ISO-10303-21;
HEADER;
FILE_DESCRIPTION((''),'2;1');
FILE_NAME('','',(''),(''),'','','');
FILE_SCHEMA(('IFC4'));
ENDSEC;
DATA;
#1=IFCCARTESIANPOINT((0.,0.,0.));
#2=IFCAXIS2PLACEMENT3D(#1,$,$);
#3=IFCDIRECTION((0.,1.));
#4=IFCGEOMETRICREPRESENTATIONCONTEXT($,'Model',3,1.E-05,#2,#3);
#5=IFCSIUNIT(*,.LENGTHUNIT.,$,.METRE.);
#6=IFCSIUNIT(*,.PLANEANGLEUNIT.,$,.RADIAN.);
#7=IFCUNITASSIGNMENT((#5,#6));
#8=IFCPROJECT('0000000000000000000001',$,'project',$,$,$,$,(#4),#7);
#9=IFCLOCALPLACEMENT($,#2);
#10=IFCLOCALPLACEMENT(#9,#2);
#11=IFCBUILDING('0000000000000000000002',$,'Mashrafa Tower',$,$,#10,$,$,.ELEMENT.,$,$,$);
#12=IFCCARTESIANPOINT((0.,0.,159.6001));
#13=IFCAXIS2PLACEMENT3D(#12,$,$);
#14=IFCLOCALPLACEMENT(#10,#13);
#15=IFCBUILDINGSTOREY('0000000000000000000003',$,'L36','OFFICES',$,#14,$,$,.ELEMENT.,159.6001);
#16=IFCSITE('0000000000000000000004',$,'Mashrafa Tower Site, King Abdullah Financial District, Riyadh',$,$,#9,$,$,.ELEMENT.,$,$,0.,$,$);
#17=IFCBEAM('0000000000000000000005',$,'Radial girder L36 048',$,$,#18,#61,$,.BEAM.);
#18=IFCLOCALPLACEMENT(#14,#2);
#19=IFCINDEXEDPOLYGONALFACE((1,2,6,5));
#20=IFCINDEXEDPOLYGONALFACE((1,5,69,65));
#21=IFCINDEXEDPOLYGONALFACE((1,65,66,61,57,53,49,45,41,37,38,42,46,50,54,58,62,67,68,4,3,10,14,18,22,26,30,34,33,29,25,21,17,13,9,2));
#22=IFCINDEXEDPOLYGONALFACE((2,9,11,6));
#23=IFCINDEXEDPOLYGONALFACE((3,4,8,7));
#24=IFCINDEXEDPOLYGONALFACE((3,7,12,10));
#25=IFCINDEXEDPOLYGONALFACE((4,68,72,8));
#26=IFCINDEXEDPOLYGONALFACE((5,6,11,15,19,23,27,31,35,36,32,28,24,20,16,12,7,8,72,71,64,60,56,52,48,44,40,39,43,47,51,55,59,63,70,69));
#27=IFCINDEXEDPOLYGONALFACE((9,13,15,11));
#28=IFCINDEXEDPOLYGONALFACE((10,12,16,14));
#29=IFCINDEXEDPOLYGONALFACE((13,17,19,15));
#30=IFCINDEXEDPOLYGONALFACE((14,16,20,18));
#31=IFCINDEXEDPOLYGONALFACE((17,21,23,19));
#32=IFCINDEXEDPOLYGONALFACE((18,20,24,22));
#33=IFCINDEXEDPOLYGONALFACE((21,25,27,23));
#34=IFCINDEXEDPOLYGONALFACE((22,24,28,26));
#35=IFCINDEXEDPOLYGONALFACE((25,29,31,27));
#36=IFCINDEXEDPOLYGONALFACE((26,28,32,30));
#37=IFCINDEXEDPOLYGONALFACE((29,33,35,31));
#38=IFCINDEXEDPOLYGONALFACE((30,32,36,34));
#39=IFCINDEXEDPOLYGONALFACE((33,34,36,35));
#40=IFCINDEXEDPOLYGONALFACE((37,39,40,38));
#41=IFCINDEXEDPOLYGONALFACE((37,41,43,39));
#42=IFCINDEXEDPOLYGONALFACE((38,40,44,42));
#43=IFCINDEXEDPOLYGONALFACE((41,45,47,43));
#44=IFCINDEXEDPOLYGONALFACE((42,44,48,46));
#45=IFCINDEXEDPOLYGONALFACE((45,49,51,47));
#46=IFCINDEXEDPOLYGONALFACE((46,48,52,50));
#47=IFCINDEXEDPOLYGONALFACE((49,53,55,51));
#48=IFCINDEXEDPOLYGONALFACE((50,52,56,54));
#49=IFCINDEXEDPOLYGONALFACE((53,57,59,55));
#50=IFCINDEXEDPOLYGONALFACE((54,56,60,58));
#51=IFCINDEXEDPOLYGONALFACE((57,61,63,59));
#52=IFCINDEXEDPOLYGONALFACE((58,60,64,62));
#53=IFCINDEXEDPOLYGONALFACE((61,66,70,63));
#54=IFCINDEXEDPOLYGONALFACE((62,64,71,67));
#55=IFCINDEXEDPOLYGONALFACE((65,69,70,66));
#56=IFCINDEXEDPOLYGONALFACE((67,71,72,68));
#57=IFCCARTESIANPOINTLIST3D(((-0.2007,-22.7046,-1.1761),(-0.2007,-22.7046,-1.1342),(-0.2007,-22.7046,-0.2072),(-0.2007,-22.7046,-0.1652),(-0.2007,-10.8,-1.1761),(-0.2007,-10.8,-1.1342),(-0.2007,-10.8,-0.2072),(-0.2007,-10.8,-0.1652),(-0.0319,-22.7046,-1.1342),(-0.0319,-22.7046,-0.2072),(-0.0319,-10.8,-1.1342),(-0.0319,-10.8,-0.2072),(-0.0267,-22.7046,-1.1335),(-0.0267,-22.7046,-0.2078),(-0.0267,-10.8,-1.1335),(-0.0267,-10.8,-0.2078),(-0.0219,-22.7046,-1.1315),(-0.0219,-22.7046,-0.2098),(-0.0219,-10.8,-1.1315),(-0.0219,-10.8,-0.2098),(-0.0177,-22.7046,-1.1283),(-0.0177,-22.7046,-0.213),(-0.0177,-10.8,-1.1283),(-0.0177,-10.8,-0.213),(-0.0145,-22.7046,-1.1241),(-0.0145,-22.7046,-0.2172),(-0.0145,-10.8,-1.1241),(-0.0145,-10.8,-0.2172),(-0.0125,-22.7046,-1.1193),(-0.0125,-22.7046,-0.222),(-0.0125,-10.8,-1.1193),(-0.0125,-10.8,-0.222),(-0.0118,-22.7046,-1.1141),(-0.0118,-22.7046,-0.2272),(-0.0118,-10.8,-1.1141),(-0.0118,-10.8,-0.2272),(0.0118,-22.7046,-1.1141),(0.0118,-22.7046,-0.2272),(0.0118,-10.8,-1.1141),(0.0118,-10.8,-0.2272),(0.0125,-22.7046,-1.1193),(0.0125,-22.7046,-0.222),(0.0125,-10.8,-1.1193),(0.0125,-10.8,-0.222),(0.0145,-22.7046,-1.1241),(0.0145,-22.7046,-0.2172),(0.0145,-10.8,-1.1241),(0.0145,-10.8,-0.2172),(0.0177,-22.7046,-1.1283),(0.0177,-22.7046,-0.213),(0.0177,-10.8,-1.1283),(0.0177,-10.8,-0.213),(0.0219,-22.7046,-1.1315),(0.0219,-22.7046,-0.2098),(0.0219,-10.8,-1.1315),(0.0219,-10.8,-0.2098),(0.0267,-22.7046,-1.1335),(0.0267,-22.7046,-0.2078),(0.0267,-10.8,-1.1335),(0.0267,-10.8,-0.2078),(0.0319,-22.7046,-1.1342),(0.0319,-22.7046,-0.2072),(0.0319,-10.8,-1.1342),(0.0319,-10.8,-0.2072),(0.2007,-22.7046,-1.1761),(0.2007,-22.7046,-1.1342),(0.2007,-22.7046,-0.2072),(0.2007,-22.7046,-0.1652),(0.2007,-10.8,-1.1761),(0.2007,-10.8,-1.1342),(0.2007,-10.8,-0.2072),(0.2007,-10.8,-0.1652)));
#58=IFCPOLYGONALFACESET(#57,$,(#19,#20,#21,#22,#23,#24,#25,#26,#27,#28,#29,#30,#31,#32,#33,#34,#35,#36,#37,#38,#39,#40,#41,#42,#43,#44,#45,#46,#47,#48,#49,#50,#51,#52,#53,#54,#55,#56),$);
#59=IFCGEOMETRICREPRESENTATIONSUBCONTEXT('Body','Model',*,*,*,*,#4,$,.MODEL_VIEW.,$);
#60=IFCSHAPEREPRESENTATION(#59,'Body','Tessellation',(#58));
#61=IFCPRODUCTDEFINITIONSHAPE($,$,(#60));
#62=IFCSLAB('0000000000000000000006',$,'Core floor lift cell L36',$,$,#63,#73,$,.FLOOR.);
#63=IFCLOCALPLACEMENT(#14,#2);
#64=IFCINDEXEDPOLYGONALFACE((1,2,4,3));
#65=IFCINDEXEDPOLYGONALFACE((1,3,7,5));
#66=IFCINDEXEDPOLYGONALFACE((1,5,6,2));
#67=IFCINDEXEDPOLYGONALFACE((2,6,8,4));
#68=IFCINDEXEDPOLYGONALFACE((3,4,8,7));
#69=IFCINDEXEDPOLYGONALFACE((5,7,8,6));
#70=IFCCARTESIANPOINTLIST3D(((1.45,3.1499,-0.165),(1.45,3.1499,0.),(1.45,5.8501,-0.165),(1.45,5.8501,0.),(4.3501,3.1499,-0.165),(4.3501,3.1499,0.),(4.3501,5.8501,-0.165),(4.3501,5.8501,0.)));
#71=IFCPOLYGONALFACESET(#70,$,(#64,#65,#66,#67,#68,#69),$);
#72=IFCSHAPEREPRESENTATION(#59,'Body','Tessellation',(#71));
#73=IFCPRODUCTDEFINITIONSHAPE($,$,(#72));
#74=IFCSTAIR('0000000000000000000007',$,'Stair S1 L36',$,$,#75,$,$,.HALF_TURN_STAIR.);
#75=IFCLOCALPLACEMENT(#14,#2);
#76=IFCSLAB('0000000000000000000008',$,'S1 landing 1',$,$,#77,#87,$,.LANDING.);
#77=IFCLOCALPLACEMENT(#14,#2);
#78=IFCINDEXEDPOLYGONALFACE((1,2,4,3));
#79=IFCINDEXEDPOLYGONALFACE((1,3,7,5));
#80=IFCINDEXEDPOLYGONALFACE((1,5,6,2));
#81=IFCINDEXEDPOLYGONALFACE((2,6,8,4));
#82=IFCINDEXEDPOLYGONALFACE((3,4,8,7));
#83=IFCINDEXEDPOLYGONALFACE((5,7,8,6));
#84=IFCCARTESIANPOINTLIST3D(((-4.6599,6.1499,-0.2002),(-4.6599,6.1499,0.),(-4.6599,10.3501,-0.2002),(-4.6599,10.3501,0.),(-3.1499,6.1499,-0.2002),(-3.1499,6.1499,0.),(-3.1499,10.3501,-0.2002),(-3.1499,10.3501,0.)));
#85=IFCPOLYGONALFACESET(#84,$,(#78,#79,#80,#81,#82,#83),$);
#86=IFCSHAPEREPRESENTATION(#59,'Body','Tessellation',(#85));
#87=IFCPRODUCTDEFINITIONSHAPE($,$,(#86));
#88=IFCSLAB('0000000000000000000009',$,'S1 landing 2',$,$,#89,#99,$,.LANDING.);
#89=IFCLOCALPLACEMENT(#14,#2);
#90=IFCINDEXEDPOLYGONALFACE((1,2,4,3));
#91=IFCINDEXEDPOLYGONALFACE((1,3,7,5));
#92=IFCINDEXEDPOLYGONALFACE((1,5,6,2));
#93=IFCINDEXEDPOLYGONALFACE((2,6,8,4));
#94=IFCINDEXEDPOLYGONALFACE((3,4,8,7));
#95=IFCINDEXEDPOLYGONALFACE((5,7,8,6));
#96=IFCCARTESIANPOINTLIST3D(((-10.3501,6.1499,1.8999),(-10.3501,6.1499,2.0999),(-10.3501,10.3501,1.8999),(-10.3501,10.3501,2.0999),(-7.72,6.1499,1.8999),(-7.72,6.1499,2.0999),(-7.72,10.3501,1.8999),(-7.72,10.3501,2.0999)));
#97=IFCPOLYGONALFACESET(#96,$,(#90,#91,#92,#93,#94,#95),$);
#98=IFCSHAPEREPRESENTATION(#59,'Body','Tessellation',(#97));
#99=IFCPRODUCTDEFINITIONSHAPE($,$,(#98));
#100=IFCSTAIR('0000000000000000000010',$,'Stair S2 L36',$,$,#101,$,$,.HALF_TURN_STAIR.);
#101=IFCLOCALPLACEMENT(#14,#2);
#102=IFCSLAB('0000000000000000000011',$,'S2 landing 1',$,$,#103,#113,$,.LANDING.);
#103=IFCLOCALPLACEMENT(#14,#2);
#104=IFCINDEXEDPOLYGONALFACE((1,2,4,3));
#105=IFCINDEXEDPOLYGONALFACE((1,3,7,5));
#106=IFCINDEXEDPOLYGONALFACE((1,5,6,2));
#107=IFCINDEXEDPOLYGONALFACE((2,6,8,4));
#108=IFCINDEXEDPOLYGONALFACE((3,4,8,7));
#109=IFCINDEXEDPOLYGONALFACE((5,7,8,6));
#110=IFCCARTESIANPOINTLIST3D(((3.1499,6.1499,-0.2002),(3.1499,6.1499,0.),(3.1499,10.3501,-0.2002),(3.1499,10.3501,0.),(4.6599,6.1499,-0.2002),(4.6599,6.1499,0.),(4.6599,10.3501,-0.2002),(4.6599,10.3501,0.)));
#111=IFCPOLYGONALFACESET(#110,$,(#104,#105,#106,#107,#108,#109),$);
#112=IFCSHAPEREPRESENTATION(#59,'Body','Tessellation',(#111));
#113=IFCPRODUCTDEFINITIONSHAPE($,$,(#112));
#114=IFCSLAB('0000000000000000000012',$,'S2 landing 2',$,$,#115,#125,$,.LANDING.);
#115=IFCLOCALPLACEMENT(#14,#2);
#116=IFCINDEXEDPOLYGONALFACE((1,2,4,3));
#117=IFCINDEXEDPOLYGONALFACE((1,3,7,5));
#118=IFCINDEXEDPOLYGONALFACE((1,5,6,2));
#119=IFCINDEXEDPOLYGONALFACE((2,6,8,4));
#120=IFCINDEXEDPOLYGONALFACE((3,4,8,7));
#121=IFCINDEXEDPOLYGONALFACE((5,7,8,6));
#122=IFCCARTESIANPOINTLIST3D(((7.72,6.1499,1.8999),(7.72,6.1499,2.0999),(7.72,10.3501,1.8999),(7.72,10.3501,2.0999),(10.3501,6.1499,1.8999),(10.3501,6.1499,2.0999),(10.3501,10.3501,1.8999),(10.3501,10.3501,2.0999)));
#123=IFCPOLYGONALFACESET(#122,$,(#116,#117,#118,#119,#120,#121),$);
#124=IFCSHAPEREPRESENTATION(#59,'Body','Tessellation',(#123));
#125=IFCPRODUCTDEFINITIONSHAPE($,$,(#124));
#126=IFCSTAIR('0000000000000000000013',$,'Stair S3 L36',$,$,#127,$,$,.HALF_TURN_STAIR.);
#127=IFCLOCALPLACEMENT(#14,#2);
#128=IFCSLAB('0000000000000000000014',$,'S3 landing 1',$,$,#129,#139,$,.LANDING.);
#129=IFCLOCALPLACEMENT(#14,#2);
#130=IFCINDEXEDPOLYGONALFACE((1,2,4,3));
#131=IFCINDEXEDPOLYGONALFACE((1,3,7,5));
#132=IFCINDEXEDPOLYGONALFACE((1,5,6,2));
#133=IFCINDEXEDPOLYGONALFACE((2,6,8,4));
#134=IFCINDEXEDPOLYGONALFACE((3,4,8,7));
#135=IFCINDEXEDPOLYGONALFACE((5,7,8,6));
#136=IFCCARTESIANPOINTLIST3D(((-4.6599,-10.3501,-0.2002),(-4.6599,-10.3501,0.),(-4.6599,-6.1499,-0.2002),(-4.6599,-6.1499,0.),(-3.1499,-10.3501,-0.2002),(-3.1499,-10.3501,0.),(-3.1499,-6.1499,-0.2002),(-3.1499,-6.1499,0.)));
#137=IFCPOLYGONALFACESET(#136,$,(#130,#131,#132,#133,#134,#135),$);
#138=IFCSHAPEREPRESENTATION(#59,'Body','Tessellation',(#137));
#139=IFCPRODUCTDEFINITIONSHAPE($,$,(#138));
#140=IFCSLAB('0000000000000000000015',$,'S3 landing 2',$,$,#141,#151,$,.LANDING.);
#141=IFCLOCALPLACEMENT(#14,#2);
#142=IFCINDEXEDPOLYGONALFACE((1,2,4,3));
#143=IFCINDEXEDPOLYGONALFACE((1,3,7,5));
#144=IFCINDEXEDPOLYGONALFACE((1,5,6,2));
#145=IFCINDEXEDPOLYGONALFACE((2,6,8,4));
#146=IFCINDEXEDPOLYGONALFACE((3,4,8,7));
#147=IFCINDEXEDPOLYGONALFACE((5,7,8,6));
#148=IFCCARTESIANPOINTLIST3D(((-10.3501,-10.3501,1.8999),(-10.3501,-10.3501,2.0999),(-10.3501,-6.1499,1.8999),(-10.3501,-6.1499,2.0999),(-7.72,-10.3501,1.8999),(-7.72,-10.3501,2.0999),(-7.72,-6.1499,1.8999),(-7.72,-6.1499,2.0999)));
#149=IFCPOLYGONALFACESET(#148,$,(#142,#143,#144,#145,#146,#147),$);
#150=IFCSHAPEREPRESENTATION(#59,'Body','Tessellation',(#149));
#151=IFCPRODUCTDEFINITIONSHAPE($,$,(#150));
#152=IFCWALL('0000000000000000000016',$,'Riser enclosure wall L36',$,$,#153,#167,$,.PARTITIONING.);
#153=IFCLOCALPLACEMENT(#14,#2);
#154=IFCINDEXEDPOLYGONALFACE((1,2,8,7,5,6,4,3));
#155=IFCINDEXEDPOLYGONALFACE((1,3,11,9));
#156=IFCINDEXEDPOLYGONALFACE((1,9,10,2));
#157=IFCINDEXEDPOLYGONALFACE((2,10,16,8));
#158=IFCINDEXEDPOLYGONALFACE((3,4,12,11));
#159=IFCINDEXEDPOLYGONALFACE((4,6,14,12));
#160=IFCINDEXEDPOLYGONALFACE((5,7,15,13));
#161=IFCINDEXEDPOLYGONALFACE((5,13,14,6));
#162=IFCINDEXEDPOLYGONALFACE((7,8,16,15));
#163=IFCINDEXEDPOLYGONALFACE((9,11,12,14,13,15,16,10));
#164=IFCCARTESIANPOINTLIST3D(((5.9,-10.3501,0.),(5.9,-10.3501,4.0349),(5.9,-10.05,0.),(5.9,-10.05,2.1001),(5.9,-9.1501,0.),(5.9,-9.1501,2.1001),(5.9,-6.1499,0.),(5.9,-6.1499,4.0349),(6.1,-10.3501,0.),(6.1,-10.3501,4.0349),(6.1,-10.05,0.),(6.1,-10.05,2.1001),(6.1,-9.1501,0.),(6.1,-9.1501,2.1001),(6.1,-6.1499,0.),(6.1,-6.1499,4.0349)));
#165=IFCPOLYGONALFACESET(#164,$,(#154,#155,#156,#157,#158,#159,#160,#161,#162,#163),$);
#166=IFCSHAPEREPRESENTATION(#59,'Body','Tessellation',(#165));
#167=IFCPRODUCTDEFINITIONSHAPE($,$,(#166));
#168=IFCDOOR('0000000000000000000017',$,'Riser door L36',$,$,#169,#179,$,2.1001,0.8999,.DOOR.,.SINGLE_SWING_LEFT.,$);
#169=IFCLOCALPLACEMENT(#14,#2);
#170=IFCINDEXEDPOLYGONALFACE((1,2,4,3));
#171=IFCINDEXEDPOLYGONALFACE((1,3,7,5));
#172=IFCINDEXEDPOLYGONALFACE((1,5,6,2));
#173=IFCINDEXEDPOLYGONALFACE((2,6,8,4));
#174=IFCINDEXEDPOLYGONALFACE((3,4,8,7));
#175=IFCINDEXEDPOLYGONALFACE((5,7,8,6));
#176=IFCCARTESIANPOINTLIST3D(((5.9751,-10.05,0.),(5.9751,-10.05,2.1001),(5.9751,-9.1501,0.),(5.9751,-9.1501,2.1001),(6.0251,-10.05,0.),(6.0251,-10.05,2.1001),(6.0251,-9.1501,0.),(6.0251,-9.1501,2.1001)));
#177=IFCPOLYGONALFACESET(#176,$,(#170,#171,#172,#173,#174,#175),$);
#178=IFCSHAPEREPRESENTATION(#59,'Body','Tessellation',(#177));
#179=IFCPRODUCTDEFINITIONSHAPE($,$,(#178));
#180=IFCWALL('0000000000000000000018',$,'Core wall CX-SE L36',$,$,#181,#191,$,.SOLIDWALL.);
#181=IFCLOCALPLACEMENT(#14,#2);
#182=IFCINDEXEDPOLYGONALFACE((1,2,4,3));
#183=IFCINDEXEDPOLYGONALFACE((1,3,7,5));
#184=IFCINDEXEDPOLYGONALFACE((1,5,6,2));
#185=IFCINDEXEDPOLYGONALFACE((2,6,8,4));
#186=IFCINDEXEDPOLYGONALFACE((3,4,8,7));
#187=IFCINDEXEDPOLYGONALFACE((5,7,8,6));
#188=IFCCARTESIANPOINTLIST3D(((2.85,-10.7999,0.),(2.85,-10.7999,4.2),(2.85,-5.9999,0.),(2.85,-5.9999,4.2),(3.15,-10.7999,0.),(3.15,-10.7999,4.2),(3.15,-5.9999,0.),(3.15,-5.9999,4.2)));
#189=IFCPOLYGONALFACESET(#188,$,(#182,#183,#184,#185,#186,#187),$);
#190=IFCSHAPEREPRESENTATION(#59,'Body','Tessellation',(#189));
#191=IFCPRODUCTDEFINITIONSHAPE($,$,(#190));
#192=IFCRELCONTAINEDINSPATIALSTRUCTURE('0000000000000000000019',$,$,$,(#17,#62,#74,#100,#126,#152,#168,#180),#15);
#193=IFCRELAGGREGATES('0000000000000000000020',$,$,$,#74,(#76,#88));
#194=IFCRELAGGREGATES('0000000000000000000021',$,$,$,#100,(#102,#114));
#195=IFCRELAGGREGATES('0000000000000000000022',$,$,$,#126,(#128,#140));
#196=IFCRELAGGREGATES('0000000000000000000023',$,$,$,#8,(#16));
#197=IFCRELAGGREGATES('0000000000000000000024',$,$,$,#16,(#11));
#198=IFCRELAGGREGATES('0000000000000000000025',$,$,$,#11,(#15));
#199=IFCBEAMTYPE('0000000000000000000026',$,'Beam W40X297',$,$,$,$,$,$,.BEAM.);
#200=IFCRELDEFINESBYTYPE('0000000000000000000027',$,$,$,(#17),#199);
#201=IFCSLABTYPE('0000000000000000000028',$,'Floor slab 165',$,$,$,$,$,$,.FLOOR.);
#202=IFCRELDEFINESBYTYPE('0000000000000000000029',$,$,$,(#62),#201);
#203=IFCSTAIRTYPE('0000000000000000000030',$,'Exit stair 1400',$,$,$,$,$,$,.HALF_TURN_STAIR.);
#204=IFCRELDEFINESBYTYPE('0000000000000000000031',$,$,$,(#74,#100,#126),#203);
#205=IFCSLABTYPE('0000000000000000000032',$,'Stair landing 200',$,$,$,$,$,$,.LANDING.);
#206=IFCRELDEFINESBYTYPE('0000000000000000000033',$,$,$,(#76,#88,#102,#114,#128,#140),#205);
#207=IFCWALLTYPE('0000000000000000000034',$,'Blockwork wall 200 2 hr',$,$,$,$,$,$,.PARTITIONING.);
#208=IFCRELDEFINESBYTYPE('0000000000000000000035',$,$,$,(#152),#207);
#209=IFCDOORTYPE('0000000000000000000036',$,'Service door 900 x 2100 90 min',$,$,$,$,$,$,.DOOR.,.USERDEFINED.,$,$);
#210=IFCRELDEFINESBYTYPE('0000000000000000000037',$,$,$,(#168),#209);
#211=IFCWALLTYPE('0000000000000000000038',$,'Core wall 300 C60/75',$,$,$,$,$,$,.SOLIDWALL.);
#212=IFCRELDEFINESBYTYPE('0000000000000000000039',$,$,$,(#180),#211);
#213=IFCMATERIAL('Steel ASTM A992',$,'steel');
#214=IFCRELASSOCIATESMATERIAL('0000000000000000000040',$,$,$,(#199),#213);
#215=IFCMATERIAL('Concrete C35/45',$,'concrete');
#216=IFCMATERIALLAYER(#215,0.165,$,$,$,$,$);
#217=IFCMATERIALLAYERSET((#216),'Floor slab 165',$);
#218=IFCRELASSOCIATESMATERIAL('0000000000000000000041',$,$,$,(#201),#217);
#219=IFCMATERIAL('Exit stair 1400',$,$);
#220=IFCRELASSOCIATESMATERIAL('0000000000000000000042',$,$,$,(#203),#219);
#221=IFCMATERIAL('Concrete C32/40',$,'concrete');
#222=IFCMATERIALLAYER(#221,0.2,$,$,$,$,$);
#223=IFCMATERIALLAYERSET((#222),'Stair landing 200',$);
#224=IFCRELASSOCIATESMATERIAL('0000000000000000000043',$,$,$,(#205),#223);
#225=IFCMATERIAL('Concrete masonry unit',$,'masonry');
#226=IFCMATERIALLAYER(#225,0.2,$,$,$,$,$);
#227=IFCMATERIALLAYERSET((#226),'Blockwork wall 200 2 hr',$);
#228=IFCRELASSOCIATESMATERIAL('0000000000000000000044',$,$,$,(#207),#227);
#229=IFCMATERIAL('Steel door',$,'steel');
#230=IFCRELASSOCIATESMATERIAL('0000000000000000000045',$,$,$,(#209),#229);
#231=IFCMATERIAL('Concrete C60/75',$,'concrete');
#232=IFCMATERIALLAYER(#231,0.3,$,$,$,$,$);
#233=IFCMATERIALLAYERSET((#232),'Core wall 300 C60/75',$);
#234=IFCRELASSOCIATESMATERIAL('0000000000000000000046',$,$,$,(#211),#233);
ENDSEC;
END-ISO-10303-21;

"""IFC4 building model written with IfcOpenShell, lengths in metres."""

from ifc_helpers import new_model, si_unit, direction, frame, frame_2d, origin, origin_2d, place, context, subcontext, project, spatial, polyline, rectangle, i_section, outline, extrude, material, layer, layer_set, material_profile, profile_set, type_object, element, fill, aggregate, save


model = new_model("IFC4")

# Units and contexts
model_context = context("Model", 3, precision=1e-05, world=origin(), true_north=direction((0.0, 1.0)))
body_context = subcontext(model_context, "Body", "Model", "MODEL_VIEW")
ifc_project = project(units=[si_unit("LENGTHUNIT", "METRE"), si_unit("PLANEANGLEUNIT", "RADIAN")], contexts=[model_context])

# Site, building, storey
site_placement = place(None, origin())
site = spatial("IfcSite", under=ifc_project, at=site_placement, Name="Mashrafa Tower Site, King Abdullah Financial District, Riyadh", CompositionType="ELEMENT", RefElevation=0.0)
building_placement = place(site_placement, origin())
building = spatial("IfcBuilding", under=site, at=building_placement, Name="Mashrafa Tower", CompositionType="ELEMENT")
storey_placement = place(building_placement, frame((0.0, 0.0, 159.6001)))
storey = spatial("IfcBuildingStorey", under=building, at=storey_placement, Name="L36", Description="OFFICES", CompositionType="ELEMENT", Elevation=159.6001)

# Beam
ifc_material_1 = material(Name="Steel ASTM A992", Category="steel")
ifc_material_profile = material_profile(ifc_material_1, i_section(OverallWidth=0.4014, OverallDepth=1.011, WebThickness=0.0237, FlangeThickness=0.042, FilletRadius=0.02, at=origin_2d()), Name="W40X297")
ifc_profile_set = profile_set([ifc_material_profile], Name="Steel ASTM A992")
beam_type = type_object("IfcBeamType", Name="Beam W40X297", PredefinedType="BEAM", material=ifc_profile_set)
beam_placement = place(storey_placement, frame((0.0, -10.8, -0.6707), z_axis=(0.0, -1.0, 0.0), x_axis=(1.0, 0.0, 0.0)))
element("IfcBeam", 1, at=beam_placement, inside=storey, type_object=beam_type, Name="Radial girder L36 048", PredefinedType="BEAM", context=body_context, shape_type="SweptSolid", body=[
    extrude(i_section(OverallWidth=0.4014, OverallDepth=1.011, WebThickness=0.0237, FlangeThickness=0.042, FilletRadius=0.02, at=origin_2d()), origin(), (0.0, 0.0, 1.0), 11.9045),
])

# Slab
ifc_material_2 = material(Name="Concrete C35/45", Category="concrete")
ifc_layer_1 = layer(ifc_material_2, 0.165)
ifc_layer_set_1 = layer_set([ifc_layer_1], Name="Floor slab 165")
slab_type_1 = type_object("IfcSlabType", Name="Floor slab 165", PredefinedType="FLOOR", material=ifc_layer_set_1)
slab_1_placement = place(storey_placement, frame((0.0, 0.0, -0.165)))
element("IfcSlab", 2, at=slab_1_placement, inside=storey, type_object=slab_type_1, Name="Core floor lift cell L36", PredefinedType="FLOOR", context=body_context, shape_type="SweptSolid", body=[
    extrude(outline(polyline([(4.3501, 5.8501), (4.3501, 3.1499), (1.45, 3.1499), (1.45, 5.8501), (4.3501, 5.8501)])), origin(), (0.0, 0.0, 1.0), 0.165),
])

# Stairs, slabs
ifc_material_3 = material(Name="Exit stair 1400")
stair_type = type_object("IfcStairType", Name="Exit stair 1400", PredefinedType="HALF_TURN_STAIR", material=ifc_material_3)
stair_1_placement = place(storey_placement, origin())
stair_1 = element("IfcStair", 3, at=stair_1_placement, inside=storey, type_object=stair_type, Name="Stair S1 L36", PredefinedType="HALF_TURN_STAIR")
ifc_material_4 = material(Name="Concrete C32/40", Category="concrete")
ifc_layer_2 = layer(ifc_material_4, 0.2)
ifc_layer_set_2 = layer_set([ifc_layer_2], Name="Stair landing 200")
slab_type_2 = type_object("IfcSlabType", Name="Stair landing 200", PredefinedType="LANDING", material=ifc_layer_set_2)
slab_2_placement = place(storey_placement, frame((0.0, 0.0, -0.2002)))
slab_2 = element("IfcSlab", 4, at=slab_2_placement, type_object=slab_type_2, Name="S1 landing 1", PredefinedType="LANDING", context=body_context, shape_type="SweptSolid", body=[
    extrude(outline(polyline([(-4.6599, 6.1499), (-3.1499, 6.1499), (-3.1499, 10.3501), (-4.6599, 10.3501), (-4.6599, 6.1499)])), origin(), (0.0, 0.0, 1.0), 0.2002),
])
slab_3_placement = place(storey_placement, frame((0.0, 0.0, 1.8999)))
slab_3 = element("IfcSlab", 5, at=slab_3_placement, type_object=slab_type_2, Name="S1 landing 2", PredefinedType="LANDING", context=body_context, shape_type="SweptSolid", body=[
    extrude(outline(polyline([(-10.3501, 6.1499), (-7.72, 6.1499), (-7.72, 10.3501), (-10.3501, 10.3501), (-10.3501, 6.1499)])), origin(), (0.0, 0.0, 1.0), 0.2),
])
aggregate(stair_1, [slab_2, slab_3])
stair_2_placement = place(storey_placement, origin())
stair_2 = element("IfcStair", 6, at=stair_2_placement, inside=storey, type_object=stair_type, Name="Stair S2 L36", PredefinedType="HALF_TURN_STAIR")
slab_4_placement = place(storey_placement, frame((0.0, 0.0, -0.2002)))
slab_4 = element("IfcSlab", 7, at=slab_4_placement, type_object=slab_type_2, Name="S2 landing 1", PredefinedType="LANDING", context=body_context, shape_type="SweptSolid", body=[
    extrude(outline(polyline([(3.1499, 6.1499), (4.6599, 6.1499), (4.6599, 10.3501), (3.1499, 10.3501), (3.1499, 6.1499)])), origin(), (0.0, 0.0, 1.0), 0.2002),
])
slab_5_placement = place(storey_placement, frame((0.0, 0.0, 1.8999)))
slab_5 = element("IfcSlab", 8, at=slab_5_placement, type_object=slab_type_2, Name="S2 landing 2", PredefinedType="LANDING", context=body_context, shape_type="SweptSolid", body=[
    extrude(outline(polyline([(7.72, 6.1499), (10.3501, 6.1499), (10.3501, 10.3501), (7.72, 10.3501), (7.72, 6.1499)])), origin(), (0.0, 0.0, 1.0), 0.2),
])
aggregate(stair_2, [slab_4, slab_5])
stair_3_placement = place(storey_placement, origin())
stair_3 = element("IfcStair", 9, at=stair_3_placement, inside=storey, type_object=stair_type, Name="Stair S3 L36", PredefinedType="HALF_TURN_STAIR")
slab_6_placement = place(storey_placement, frame((0.0, 0.0, -0.2002)))
slab_6 = element("IfcSlab", 10, at=slab_6_placement, type_object=slab_type_2, Name="S3 landing 1", PredefinedType="LANDING", context=body_context, shape_type="SweptSolid", body=[
    extrude(outline(polyline([(-4.6599, -10.3501), (-3.1499, -10.3501), (-3.1499, -6.1499), (-4.6599, -6.1499), (-4.6599, -10.3501)])), origin(), (0.0, 0.0, 1.0), 0.2002),
])
slab_7_placement = place(storey_placement, frame((0.0, 0.0, 1.8999)))
slab_7 = element("IfcSlab", 11, at=slab_7_placement, type_object=slab_type_2, Name="S3 landing 2", PredefinedType="LANDING", context=body_context, shape_type="SweptSolid", body=[
    extrude(outline(polyline([(-10.3501, -10.3501), (-7.72, -10.3501), (-7.72, -6.1499), (-10.3501, -6.1499), (-10.3501, -10.3501)])), origin(), (0.0, 0.0, 1.0), 0.2),
])
aggregate(stair_3, [slab_6, slab_7])

# Wall, opening, door
ifc_material_5 = material(Name="Concrete masonry unit", Category="masonry")
ifc_layer_3 = layer(ifc_material_5, 0.2)
ifc_layer_set_3 = layer_set([ifc_layer_3], Name="Blockwork wall 200 2 hr")
wall_type_1 = type_object("IfcWallType", Name="Blockwork wall 200 2 hr", PredefinedType="PARTITIONING", material=ifc_layer_set_3)
wall_1_placement = place(storey_placement, frame((6.0, -10.3501, 0.0), z_axis=(0.0, 0.0, 1.0), x_axis=(0.0, 1.0, 0.0)))
wall_1 = element("IfcWall", 12, at=wall_1_placement, inside=storey, type_object=wall_type_1, Name="Riser enclosure wall L36", PredefinedType="PARTITIONING", context=body_context, shape_type="SweptSolid", body=[
    extrude(rectangle(XDim=4.2002, YDim=0.2, at=frame_2d((2.1001, 0.0))), origin(), (0.0, 0.0, 1.0), 4.0349),
])
opening_1_placement = place(wall_1_placement, frame((0.3, 0.0, 0.0)))
opening_1 = element("IfcOpeningElement", 13, at=opening_1_placement, cuts=wall_1, PredefinedType="OPENING", context=body_context, shape_type="SweptSolid", body=[
    extrude(rectangle(XDim=0.8999, YDim=2.1001, at=frame_2d((0.45, 1.05))), frame((0.0, 0.1099, 0.0), z_axis=(0.0, -1.0, 0.0), x_axis=(1.0, 0.0, 0.0)), (0.0, 0.0, 1.0), 0.22),
])
ifc_material_6 = material(Name="Steel door", Category="steel")
door_type_1 = type_object("IfcDoorType", Name="Service door 900 x 2100 90 min", OperationType="USERDEFINED", PredefinedType="DOOR", material=ifc_material_6)
door_1_placement = place(opening_1_placement, origin())
door_1 = element("IfcDoor", 14, at=door_1_placement, inside=storey, type_object=door_type_1, Name="Riser door L36", OperationType="SINGLE_SWING_LEFT", OverallHeight=2.1001, OverallWidth=0.8999, PredefinedType="DOOR", context=body_context, shape_type="SweptSolid", body=[
    extrude(rectangle(XDim=0.8999, YDim=2.1001, at=frame_2d((0.45, 1.05))), frame((0.0, 0.0249, 0.0), z_axis=(0.0, -1.0, 0.0), x_axis=(1.0, 0.0, 0.0)), (0.0, 0.0, 1.0), 0.05),
])
fill(opening_1, door_1)

# Wall
ifc_material_7 = material(Name="Concrete C60/75", Category="concrete")
ifc_layer_4 = layer(ifc_material_7, 0.3)
ifc_layer_set_4 = layer_set([ifc_layer_4], Name="Core wall 300 C60/75")
wall_type_2 = type_object("IfcWallType", Name="Core wall 300 C60/75", PredefinedType="SOLIDWALL", material=ifc_layer_set_4)
wall_2_placement = place(storey_placement, frame((3.0, -6.0, 0.0), z_axis=(0.0, 0.0, 1.0), x_axis=(0.0, -1.0, 0.0)))
element("IfcWall", 15, at=wall_2_placement, inside=storey, type_object=wall_type_2, Name="Core wall CX-SE L36", PredefinedType="SOLIDWALL", context=body_context, shape_type="SweptSolid", body=[
    extrude(rectangle(XDim=4.8, YDim=0.3, at=frame_2d((2.3999, 0.0))), origin(), (0.0, 0.0, 1.0), 4.2),
])

save(model, "model.ifc")
